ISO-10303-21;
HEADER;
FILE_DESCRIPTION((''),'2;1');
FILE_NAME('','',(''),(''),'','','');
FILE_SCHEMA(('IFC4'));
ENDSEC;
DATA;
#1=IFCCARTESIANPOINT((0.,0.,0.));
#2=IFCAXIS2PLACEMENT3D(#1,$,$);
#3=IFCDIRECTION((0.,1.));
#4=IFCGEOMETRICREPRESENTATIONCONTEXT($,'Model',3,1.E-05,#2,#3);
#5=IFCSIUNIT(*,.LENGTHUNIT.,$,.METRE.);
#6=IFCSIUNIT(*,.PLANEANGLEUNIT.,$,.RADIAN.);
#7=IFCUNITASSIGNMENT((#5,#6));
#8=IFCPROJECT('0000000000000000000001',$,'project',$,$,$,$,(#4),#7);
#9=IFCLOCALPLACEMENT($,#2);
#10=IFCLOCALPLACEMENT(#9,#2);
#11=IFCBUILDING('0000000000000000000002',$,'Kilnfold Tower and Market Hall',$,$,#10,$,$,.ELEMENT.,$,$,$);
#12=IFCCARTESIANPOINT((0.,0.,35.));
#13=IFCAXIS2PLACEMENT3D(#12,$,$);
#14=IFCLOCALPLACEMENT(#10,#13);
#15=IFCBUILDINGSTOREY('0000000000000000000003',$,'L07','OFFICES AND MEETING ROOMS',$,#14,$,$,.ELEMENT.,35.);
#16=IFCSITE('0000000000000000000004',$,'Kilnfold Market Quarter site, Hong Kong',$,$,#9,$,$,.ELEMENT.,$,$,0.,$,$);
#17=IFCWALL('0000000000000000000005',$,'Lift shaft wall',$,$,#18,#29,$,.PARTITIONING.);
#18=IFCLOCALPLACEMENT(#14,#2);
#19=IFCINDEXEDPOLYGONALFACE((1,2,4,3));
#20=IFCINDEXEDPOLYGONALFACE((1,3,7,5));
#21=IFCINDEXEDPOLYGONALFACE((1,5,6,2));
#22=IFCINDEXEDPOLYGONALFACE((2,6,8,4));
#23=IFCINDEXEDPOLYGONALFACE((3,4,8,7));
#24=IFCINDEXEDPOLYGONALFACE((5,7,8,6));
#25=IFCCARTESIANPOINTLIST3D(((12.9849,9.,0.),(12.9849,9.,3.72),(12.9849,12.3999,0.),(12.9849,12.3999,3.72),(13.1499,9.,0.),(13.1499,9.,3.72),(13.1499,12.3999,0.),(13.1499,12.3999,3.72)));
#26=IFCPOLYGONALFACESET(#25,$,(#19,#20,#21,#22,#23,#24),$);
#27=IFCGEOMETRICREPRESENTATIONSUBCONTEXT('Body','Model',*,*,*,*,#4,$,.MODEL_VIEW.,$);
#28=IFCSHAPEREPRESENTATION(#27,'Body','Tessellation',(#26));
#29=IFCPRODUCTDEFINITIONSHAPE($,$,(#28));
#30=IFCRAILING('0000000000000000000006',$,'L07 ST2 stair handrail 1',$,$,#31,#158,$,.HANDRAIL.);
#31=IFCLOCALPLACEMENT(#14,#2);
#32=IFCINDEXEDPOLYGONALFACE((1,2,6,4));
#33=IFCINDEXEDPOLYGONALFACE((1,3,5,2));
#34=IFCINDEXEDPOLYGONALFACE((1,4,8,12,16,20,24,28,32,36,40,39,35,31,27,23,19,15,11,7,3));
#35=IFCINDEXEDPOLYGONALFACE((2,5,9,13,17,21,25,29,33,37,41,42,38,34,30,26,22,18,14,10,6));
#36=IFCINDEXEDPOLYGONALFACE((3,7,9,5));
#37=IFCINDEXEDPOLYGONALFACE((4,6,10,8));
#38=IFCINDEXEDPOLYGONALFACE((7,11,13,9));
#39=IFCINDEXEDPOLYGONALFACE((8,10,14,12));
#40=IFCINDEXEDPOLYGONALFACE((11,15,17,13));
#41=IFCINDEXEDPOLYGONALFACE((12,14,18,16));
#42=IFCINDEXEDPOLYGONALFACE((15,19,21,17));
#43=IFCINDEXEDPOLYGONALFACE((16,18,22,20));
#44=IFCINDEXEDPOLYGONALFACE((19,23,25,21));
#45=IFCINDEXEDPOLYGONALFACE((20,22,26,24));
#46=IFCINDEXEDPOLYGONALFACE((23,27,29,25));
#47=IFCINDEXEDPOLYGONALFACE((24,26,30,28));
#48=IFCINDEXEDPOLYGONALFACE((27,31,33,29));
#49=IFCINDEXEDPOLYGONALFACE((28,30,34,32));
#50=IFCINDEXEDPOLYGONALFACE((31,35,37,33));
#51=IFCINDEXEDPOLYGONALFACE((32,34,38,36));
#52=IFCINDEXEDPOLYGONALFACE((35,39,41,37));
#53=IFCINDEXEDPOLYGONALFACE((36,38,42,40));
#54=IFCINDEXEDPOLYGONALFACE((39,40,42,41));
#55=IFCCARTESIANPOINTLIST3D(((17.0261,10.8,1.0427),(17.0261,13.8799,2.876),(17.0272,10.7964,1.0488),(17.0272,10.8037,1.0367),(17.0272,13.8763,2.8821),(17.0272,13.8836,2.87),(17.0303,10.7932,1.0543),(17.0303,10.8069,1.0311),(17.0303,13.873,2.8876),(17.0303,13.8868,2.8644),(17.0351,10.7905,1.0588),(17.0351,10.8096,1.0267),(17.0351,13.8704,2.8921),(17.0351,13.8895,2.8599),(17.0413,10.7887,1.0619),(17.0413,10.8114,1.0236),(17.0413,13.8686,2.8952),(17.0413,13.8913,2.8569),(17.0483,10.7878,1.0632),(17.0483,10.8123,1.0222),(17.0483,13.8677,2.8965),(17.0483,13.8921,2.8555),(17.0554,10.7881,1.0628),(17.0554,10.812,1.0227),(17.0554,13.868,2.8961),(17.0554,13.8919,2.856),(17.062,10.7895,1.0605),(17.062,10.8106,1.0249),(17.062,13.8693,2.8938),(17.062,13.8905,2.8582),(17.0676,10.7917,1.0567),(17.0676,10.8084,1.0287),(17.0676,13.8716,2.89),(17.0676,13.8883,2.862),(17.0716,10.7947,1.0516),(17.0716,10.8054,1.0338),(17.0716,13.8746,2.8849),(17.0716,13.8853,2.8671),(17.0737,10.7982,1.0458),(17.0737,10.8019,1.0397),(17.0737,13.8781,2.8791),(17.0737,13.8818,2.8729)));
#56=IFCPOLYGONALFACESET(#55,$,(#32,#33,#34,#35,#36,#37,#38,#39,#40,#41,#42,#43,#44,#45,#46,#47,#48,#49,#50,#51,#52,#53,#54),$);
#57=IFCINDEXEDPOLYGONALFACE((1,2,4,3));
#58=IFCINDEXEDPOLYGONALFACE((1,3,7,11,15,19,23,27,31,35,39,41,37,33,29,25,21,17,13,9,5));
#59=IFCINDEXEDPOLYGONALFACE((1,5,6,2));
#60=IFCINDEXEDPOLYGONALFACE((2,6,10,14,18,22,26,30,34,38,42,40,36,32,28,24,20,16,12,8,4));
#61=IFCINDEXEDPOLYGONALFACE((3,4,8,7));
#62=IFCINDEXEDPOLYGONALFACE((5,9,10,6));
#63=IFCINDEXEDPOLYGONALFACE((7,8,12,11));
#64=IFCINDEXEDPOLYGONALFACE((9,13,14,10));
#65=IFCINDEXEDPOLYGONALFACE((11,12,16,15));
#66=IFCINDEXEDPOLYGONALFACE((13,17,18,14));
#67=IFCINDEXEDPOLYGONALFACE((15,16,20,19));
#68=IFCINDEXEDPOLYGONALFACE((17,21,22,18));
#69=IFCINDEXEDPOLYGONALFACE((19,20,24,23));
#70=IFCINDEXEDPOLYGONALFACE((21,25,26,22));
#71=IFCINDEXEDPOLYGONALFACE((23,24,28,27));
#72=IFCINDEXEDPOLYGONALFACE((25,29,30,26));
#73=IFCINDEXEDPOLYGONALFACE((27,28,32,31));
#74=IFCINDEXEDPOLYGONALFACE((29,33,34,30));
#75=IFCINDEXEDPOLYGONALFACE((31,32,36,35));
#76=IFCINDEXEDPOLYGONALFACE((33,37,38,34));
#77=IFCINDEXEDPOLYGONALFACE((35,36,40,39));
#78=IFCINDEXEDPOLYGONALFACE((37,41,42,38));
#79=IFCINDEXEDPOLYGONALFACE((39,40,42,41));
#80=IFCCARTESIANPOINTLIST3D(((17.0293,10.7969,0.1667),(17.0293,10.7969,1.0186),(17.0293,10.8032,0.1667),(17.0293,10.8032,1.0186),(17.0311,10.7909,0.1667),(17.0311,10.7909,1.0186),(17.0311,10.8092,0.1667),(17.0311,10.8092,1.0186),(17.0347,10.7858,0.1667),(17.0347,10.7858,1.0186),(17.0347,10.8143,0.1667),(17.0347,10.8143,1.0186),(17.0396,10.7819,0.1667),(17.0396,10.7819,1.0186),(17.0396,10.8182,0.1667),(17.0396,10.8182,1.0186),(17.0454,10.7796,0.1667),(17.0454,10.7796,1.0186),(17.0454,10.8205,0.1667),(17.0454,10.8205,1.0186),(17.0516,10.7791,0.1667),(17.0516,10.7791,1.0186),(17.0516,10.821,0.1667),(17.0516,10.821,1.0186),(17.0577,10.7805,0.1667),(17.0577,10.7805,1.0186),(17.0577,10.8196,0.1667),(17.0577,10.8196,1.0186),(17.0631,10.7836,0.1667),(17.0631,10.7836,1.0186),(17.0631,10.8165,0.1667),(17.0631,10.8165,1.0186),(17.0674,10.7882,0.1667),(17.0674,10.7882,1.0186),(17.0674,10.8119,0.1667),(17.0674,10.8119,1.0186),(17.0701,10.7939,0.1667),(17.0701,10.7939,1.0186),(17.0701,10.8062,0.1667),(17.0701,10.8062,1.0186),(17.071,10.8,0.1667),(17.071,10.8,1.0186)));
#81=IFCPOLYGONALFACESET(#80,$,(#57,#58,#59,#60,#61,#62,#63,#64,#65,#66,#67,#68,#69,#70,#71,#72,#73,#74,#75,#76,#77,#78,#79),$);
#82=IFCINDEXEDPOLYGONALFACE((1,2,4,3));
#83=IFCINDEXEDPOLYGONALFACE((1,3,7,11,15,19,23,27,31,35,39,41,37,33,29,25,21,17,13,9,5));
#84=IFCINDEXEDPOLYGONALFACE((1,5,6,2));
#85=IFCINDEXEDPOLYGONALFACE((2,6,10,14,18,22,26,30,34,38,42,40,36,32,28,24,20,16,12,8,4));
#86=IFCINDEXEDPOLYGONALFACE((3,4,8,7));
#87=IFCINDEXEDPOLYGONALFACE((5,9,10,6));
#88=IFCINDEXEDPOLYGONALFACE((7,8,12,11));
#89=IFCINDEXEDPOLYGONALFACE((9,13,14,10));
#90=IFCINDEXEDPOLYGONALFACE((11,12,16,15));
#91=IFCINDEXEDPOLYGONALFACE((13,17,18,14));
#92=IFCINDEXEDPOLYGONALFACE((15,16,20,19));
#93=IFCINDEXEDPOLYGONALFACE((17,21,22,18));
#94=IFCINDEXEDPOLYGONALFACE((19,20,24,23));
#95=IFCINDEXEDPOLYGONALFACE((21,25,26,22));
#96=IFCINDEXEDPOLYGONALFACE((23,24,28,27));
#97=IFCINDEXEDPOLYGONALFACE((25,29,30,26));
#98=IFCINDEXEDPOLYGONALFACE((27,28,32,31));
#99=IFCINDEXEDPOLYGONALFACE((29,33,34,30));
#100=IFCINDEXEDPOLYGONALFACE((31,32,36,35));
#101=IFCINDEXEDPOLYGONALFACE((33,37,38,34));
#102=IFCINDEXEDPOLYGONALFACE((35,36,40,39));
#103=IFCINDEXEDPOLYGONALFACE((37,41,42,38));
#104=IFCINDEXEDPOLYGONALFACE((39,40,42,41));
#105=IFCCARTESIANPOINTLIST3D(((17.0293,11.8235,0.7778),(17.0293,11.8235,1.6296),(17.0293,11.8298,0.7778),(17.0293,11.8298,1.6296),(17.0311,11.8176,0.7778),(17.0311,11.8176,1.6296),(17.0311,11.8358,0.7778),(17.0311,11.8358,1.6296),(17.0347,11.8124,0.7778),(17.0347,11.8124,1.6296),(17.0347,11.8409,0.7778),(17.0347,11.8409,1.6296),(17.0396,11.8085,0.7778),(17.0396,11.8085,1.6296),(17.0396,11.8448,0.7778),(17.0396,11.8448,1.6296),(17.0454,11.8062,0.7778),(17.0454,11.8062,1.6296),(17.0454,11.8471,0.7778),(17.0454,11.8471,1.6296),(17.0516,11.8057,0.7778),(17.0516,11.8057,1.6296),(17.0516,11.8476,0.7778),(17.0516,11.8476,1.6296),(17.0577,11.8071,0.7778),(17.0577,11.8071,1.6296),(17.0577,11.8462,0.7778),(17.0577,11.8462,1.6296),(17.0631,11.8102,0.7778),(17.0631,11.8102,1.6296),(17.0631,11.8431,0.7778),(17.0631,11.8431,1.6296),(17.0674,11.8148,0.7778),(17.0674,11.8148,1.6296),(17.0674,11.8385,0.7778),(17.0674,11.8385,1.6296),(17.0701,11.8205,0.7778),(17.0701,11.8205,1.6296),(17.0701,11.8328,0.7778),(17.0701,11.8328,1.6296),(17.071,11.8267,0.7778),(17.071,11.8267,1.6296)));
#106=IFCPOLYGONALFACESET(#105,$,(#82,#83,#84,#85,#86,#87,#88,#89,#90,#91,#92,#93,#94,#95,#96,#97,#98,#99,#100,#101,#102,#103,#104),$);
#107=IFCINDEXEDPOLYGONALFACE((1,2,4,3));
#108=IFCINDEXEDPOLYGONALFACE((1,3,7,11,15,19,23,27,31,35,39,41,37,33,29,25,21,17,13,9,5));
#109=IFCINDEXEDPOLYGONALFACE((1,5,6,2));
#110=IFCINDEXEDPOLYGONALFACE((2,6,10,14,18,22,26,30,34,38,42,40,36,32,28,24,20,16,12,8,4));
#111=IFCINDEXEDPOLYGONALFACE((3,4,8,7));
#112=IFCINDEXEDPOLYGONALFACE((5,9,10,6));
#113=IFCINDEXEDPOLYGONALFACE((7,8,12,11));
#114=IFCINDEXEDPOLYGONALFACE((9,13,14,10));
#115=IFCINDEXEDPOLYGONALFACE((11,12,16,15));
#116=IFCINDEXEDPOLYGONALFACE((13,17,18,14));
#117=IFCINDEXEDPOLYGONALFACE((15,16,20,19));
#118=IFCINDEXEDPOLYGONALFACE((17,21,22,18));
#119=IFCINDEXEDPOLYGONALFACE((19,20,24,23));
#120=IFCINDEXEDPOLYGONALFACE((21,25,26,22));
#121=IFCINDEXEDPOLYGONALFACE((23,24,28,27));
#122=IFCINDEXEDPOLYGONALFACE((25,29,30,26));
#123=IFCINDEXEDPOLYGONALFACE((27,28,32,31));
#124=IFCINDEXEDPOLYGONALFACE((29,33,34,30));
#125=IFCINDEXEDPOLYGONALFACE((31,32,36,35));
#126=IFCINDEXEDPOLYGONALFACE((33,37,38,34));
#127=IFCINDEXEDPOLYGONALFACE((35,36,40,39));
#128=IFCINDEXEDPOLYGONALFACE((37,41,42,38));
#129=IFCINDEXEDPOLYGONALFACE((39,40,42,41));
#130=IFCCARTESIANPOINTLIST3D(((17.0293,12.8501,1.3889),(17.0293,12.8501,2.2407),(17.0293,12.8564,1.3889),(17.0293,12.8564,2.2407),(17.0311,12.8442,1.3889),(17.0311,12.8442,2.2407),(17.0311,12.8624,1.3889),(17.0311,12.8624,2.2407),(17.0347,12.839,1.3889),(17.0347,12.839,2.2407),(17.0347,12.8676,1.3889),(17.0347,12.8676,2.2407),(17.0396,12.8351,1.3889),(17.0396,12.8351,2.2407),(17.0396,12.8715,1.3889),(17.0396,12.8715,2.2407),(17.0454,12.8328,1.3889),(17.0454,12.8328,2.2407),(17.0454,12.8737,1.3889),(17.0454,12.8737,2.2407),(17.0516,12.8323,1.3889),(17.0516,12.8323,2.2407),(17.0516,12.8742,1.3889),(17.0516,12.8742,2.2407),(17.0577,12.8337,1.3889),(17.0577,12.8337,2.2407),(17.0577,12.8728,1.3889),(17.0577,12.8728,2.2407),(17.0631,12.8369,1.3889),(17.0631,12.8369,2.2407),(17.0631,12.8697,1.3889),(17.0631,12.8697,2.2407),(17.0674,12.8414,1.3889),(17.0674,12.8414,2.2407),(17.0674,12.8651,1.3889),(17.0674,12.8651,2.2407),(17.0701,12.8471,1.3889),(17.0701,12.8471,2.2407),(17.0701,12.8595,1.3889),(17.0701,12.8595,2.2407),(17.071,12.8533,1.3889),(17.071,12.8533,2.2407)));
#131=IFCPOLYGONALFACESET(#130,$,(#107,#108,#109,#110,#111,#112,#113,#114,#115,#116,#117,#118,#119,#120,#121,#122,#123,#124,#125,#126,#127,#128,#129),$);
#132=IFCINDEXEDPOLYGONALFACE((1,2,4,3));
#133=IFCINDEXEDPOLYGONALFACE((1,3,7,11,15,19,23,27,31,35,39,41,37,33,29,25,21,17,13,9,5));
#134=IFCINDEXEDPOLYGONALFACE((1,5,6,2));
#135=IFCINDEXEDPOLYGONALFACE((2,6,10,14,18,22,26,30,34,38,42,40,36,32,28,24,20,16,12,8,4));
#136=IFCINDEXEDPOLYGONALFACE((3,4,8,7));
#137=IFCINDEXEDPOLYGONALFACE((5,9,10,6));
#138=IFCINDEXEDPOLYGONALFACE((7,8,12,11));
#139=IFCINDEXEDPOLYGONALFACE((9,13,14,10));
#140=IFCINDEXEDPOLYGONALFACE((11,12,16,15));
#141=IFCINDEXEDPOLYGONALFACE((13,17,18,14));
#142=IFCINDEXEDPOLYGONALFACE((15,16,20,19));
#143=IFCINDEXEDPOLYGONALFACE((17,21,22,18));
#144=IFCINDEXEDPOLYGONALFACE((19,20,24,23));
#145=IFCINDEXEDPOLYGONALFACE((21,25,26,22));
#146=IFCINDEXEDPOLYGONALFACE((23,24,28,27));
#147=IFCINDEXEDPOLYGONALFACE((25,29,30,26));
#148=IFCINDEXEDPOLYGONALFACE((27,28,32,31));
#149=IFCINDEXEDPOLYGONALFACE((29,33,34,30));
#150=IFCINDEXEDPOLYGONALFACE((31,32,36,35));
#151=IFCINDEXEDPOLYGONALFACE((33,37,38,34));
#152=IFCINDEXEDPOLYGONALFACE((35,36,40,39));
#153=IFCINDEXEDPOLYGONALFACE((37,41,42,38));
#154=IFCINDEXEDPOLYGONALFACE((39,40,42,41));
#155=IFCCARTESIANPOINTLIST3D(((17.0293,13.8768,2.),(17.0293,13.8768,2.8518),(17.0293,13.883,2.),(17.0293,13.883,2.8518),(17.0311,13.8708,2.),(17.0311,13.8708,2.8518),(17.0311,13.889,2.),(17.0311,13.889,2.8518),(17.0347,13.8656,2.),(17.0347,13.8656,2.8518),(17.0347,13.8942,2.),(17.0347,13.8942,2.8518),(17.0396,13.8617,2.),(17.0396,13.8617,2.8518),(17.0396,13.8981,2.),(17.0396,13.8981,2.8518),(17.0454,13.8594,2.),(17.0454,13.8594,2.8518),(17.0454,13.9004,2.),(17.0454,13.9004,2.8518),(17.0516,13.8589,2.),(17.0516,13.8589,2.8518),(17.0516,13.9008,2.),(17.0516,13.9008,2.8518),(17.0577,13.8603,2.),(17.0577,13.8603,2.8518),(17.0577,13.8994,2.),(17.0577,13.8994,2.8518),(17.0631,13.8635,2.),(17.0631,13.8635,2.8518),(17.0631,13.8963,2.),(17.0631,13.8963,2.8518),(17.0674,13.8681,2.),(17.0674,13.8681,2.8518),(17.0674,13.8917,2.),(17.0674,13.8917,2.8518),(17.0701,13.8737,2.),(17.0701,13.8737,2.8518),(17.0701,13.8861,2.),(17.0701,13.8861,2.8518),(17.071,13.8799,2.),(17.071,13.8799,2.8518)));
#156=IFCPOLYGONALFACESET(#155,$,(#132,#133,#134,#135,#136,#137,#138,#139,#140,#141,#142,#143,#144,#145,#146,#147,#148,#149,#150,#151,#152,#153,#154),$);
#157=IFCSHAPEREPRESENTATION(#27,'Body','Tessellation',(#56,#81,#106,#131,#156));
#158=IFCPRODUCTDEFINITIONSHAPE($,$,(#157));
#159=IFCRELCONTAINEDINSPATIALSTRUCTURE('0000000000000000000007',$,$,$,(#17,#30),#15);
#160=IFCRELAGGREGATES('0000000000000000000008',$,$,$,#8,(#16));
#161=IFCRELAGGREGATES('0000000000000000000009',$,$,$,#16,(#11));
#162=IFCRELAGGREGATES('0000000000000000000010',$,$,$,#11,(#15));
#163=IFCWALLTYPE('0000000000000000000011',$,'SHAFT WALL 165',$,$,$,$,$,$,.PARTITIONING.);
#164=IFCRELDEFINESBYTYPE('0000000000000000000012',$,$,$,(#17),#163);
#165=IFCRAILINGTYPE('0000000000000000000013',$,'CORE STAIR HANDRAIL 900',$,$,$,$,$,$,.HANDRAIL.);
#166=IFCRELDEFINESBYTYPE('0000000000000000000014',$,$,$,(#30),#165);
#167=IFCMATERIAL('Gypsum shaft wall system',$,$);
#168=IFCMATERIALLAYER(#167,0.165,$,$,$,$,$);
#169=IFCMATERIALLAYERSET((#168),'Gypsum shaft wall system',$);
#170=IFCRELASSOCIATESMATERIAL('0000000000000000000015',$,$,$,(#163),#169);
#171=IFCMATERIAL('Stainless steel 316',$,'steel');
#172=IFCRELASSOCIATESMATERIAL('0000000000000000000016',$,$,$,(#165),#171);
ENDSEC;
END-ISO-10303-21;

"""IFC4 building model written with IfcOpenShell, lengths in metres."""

from ifc_helpers import new_model, si_unit, direction, frame, frame_2d, origin, origin_2d, place, context, subcontext, project, spatial, rectangle, circle, extrude, source, transform, mapped, material, layer, layer_set, type_object, element, save


model = new_model("IFC4")

# Units and contexts
model_context = context("Model", 3, precision=1e-05, world=origin(), true_north=direction((0.0, 1.0)))
body_context = subcontext(model_context, "Body", "Model", "MODEL_VIEW")
ifc_project = project(units=[si_unit("LENGTHUNIT", "METRE"), si_unit("PLANEANGLEUNIT", "RADIAN")], contexts=[model_context])

# Site, building, storey
site_placement = place(None, origin())
site = spatial("IfcSite", under=ifc_project, at=site_placement, Name="Kilnfold Market Quarter site, Hong Kong", CompositionType="ELEMENT", RefElevation=0.0)
building_placement = place(site_placement, origin())
building = spatial("IfcBuilding", under=site, at=building_placement, Name="Kilnfold Tower and Market Hall", CompositionType="ELEMENT")
storey_placement = place(building_placement, frame((0.0, 0.0, 35.0)))
storey = spatial("IfcBuildingStorey", under=building, at=storey_placement, Name="L07", Description="OFFICES AND MEETING ROOMS", CompositionType="ELEMENT", Elevation=35.0)

# Wall
ifc_material_1 = material(Name="Gypsum shaft wall system")
ifc_layer_1 = layer(ifc_material_1, 0.165)
ifc_layer_set_1 = layer_set([ifc_layer_1], Name="Gypsum shaft wall system")
wall_type_1 = type_object("IfcWallType", Name="SHAFT WALL 165", PredefinedType="PARTITIONING", material=ifc_layer_set_1)
shared_shape_1 = source(origin(), body_context, "Body", "SweptSolid", [
    extrude(rectangle(XDim=3.3999, YDim=0.165, at=frame_2d((1.7, 0.0))), origin(), (0.0, 0.0, 1.0), 3.72),
])
wall_1_placement = place(storey_placement, frame((13.0674, 9.0, 0.0), z_axis=(0.0, 0.0, 1.0), x_axis=(0.0, 1.0, 0.0)))
element("IfcWall", 1, at=wall_1_placement, inside=storey, type_object=wall_type_1, Name="Lift shaft wall", PredefinedType="PARTITIONING", context=body_context, shape_type="MappedRepresentation", body=[
    mapped(shared_shape_1, transform((0.0, 0.0, 0.0))),
])

# Railing
ifc_material_2 = material(Name="Stainless steel 316", Category="steel")
railing_type_1 = type_object("IfcRailingType", Name="CORE STAIR HANDRAIL 900", PredefinedType="HANDRAIL", material=ifc_material_2)
railing_1_placement = place(storey_placement, frame((17.05, 10.8, 0.1667)))
element("IfcRailing", 2, at=railing_1_placement, inside=storey, type_object=railing_type_1, Name="L07 ST2 stair handrail 1", PredefinedType="HANDRAIL", context=body_context, shape_type="SweptSolid", body=[
    extrude(circle(Radius=0.0239, at=origin_2d()), frame((0.0, 0.0, 0.876), z_axis=(0.0, 0.859291, 0.511487), x_axis=(-1.0, 0.0, 0.0)), (0.0, 0.0, 1.0), 3.5842),
    extrude(circle(Radius=0.021, at=origin_2d()), origin(), (0.0, 0.0, 1.0), 0.8518),
    extrude(circle(Radius=0.021, at=origin_2d()), frame((0.0, 1.0266, 0.6111)), (0.0, 0.0, 1.0), 0.8518),
    extrude(circle(Radius=0.021, at=origin_2d()), frame((0.0, 2.0532, 1.2222)), (0.0, 0.0, 1.0), 0.8518),
    extrude(circle(Radius=0.021, at=origin_2d()), frame((0.0, 3.0798, 1.8333)), (0.0, 0.0, 1.0), 0.8518),
])

save(model, "model.ifc")
